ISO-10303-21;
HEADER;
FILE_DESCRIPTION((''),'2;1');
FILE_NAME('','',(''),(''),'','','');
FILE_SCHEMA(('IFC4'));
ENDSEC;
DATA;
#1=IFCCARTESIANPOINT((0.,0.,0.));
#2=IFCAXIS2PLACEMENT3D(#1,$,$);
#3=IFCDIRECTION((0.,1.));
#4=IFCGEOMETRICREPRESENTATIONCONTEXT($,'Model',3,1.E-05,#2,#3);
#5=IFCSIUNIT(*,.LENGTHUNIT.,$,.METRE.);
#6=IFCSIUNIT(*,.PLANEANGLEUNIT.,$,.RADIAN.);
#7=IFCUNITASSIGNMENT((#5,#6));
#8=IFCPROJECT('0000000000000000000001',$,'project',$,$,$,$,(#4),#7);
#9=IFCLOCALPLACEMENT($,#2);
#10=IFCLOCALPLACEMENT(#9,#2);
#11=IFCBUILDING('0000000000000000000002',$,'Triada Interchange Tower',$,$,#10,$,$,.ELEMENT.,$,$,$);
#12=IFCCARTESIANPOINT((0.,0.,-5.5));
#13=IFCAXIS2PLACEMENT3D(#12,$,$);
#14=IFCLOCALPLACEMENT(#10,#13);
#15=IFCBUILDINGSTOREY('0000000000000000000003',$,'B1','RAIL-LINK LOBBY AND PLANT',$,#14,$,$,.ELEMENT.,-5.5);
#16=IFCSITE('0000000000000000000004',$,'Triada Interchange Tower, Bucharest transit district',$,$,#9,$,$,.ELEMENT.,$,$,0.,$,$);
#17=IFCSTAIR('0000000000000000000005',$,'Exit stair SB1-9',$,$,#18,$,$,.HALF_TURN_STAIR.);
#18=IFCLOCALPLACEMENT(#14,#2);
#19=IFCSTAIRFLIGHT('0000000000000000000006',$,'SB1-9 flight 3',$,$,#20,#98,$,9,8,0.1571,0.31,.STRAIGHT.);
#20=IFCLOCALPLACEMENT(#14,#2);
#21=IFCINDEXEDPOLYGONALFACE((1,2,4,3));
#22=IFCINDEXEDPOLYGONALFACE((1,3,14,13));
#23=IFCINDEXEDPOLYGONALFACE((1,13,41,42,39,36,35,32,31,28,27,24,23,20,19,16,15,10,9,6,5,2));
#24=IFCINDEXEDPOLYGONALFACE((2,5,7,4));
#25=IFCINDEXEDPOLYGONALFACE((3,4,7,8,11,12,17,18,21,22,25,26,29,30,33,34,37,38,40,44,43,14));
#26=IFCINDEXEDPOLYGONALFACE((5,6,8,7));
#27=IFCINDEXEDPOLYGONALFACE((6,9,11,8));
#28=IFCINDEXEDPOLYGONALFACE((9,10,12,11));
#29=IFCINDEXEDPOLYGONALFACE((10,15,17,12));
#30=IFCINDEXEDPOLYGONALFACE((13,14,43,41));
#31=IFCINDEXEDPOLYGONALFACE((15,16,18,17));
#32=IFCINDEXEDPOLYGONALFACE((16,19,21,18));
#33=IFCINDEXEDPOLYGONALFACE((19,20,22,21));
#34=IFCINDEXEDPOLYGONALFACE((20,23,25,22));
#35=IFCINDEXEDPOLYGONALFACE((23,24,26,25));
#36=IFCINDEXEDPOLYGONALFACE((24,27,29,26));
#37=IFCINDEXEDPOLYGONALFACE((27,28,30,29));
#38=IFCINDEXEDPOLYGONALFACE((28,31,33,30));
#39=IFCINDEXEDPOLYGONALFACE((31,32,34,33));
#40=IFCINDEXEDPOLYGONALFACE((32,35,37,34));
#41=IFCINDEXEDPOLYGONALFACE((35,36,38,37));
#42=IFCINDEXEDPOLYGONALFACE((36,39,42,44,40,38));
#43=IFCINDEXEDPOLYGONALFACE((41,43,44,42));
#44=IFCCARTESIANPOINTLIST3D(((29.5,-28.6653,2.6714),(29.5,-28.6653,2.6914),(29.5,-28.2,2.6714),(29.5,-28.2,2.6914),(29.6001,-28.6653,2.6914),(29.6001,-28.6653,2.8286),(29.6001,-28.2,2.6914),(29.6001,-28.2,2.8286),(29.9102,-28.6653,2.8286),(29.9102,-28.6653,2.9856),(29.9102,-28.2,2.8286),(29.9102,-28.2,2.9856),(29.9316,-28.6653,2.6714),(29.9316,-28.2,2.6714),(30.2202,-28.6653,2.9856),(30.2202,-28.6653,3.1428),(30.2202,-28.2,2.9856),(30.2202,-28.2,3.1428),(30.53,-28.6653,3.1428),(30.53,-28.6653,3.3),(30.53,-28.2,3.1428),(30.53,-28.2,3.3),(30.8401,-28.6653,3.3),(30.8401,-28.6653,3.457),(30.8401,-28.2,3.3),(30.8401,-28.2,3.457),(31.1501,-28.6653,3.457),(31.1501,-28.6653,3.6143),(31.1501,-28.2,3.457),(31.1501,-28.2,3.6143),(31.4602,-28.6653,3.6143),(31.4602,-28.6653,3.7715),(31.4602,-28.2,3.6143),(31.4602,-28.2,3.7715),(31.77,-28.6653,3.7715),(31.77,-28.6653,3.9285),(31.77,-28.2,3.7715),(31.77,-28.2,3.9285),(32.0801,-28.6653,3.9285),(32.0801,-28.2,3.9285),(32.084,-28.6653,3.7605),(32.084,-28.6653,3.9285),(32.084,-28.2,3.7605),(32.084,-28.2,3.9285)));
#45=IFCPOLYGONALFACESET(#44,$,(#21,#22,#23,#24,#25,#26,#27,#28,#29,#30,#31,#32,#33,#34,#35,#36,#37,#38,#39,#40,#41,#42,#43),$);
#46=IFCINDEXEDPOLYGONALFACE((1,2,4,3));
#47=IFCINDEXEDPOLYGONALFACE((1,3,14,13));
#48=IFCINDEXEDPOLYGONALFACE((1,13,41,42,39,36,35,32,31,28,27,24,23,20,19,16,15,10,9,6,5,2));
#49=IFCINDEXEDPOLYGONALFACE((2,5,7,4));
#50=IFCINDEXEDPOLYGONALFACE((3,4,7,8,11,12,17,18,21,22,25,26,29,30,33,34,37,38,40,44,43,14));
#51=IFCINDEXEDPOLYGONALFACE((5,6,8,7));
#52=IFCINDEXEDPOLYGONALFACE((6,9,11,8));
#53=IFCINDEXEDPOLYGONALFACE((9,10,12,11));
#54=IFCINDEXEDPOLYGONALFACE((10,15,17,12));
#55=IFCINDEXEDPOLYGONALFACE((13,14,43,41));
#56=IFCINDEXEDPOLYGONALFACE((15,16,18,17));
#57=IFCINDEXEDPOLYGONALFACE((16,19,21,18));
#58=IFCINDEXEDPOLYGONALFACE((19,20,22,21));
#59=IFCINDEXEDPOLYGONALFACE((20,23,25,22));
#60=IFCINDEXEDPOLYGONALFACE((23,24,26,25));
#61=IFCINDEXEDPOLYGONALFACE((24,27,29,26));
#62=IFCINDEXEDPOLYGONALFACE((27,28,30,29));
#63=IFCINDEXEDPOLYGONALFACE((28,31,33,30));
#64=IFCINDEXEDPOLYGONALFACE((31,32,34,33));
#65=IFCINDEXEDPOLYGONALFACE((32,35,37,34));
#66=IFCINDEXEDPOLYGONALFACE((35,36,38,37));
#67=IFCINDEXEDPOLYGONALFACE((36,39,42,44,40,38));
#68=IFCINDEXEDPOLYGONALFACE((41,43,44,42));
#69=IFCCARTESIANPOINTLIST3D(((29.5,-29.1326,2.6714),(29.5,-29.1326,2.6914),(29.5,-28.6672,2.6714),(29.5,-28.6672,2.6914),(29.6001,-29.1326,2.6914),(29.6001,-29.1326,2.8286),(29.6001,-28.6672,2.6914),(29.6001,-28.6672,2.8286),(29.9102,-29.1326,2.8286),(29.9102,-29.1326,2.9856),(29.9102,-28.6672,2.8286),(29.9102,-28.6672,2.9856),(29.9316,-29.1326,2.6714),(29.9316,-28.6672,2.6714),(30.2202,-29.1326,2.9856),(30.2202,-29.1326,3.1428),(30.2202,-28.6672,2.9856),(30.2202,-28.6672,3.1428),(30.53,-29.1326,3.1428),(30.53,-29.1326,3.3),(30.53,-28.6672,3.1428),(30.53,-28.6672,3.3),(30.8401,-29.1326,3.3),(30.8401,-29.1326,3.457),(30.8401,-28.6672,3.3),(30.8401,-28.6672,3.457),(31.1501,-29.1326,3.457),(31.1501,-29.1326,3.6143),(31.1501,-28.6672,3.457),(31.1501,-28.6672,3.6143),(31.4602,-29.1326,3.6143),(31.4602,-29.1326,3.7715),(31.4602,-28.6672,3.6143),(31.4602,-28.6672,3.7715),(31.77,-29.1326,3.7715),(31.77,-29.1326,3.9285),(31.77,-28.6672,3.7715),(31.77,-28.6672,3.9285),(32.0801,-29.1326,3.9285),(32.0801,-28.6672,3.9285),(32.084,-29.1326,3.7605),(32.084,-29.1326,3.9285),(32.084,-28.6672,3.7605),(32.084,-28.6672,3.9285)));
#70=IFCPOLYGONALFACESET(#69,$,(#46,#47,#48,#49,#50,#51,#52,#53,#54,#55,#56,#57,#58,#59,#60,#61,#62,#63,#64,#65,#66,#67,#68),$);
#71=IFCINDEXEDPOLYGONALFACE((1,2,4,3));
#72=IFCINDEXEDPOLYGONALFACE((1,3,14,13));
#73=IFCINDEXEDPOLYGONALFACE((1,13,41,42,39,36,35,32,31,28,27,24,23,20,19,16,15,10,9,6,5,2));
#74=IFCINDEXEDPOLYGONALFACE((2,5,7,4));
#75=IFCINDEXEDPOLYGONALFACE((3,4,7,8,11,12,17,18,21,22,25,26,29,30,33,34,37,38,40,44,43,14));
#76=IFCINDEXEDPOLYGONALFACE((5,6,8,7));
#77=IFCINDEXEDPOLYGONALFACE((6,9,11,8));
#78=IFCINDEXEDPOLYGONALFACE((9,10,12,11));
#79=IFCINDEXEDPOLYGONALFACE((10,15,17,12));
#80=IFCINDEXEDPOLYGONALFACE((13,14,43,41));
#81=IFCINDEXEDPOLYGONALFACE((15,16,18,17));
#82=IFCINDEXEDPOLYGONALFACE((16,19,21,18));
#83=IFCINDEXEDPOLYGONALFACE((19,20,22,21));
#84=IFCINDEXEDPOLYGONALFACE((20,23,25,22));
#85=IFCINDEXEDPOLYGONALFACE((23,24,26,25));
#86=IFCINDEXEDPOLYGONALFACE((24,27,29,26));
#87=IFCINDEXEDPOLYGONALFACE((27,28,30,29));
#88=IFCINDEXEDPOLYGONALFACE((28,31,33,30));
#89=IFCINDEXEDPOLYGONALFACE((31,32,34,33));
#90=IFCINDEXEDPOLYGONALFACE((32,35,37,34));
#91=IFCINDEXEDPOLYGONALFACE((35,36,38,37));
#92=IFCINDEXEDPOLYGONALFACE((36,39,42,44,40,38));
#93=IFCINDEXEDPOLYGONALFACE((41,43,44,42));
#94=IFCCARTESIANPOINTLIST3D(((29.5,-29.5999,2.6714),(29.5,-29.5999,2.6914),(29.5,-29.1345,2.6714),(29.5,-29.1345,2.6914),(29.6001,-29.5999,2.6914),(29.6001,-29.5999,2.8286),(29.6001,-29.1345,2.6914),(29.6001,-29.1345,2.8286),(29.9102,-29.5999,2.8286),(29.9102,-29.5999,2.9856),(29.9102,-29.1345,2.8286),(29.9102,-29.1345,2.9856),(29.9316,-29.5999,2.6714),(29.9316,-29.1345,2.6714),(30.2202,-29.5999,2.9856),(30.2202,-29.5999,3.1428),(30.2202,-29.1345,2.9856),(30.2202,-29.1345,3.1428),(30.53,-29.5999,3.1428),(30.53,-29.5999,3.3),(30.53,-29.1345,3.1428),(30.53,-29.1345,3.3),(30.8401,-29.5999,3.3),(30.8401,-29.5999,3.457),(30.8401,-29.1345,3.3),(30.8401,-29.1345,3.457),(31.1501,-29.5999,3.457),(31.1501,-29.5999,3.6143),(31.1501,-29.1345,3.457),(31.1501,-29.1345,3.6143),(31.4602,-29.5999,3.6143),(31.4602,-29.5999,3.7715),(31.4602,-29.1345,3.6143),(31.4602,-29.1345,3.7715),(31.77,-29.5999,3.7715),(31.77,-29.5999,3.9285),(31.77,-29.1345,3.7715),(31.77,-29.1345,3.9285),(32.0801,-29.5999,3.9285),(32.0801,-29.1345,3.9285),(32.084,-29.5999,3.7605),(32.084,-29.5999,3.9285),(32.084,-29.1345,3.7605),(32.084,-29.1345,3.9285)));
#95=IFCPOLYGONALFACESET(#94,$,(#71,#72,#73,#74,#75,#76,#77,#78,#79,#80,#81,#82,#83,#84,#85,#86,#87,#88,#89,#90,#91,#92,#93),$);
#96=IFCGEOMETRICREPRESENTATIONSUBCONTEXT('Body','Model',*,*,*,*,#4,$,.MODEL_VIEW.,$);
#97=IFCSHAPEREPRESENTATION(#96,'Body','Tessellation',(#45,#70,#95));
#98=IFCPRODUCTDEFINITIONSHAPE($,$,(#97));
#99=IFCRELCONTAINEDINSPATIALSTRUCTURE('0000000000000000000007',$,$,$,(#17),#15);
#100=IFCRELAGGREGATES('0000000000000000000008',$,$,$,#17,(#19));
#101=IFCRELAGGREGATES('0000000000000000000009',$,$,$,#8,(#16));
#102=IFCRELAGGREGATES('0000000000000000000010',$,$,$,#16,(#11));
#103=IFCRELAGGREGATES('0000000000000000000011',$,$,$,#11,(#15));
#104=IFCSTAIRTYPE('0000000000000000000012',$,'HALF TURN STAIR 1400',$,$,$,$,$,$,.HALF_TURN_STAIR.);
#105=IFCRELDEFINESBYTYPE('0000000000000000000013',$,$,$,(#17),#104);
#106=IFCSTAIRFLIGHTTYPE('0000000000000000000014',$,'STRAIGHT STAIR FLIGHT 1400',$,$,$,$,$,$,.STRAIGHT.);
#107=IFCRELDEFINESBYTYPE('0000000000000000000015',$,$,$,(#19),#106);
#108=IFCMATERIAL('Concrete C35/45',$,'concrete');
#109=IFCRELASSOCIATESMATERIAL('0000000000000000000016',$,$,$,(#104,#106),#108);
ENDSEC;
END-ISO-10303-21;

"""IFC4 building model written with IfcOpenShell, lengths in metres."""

from ifc_helpers import new_model, si_unit, direction, frame, origin, place, context, subcontext, project, spatial, polyline, outline, extrude, material, type_object, element, aggregate, save


model = new_model("IFC4")

# Units and contexts
model_context = context("Model", 3, precision=1e-05, world=origin(), true_north=direction((0.0, 1.0)))
body_context = subcontext(model_context, "Body", "Model", "MODEL_VIEW")
ifc_project = project(units=[si_unit("LENGTHUNIT", "METRE"), si_unit("PLANEANGLEUNIT", "RADIAN")], contexts=[model_context])

# Site, building, storey
site_placement = place(None, origin())
site = spatial("IfcSite", under=ifc_project, at=site_placement, Name="Triada Interchange Tower, Bucharest transit district", CompositionType="ELEMENT", RefElevation=0.0)
building_placement = place(site_placement, origin())
building = spatial("IfcBuilding", under=site, at=building_placement, Name="Triada Interchange Tower", CompositionType="ELEMENT")
storey_placement = place(building_placement, frame((0.0, 0.0, -5.5)))
storey = spatial("IfcBuildingStorey", under=building, at=storey_placement, Name="B1", Description="RAIL-LINK LOBBY AND PLANT", CompositionType="ELEMENT", Elevation=-5.5)

# Shared definitions
ifc_material_1 = material(Name="Concrete C35/45", Category="concrete")

# Stair, stair flight
stair_type = type_object("IfcStairType", Name="HALF TURN STAIR 1400", PredefinedType="HALF_TURN_STAIR", material=ifc_material_1)
stair_placement = place(storey_placement, origin())
stair = element("IfcStair", 1, at=stair_placement, inside=storey, type_object=stair_type, Name="Exit stair SB1-9", PredefinedType="HALF_TURN_STAIR")
stair_flight_type = type_object("IfcStairFlightType", Name="STRAIGHT STAIR FLIGHT 1400", PredefinedType="STRAIGHT", material=ifc_material_1)
stair_flight_1_placement = place(storey_placement, frame((29.6001, -28.8999, 2.6714), z_axis=(0.0, 0.0, 1.0), x_axis=(1.0, 0.0, 0.0)))
stair_flight_1 = element("IfcStairFlight", 2, at=stair_flight_1_placement, type_object=stair_flight_type, Name="SB1-9 flight 3", NumberOfRisers=9, NumberOfTreads=8, PredefinedType="STRAIGHT", RiserHeight=0.1571, TreadLength=0.31, context=body_context, shape_type="SweptSolid", body=[
    extrude(outline(polyline([(-0.1001, 0.0), (-0.1001, 0.02), (0.0, 0.02), (0.0, 0.1572), (0.3101, 0.1572), (0.3101, 0.3142), (0.6201, 0.3142), (0.6201, 0.4714), (0.9299, 0.4714), (0.9299, 0.6287), (1.24, 0.6287), (1.24, 0.7856), (1.55, 0.7856), (1.55, 0.9429), (1.8601, 0.9429), (1.8601, 1.1001), (2.1699, 1.1001), (2.1699, 1.2571), (2.48, 1.2571), (2.4839, 1.2571), (2.4839, 1.4143), (2.4839, 1.0891), (0.3315, 0.0), (-0.1001, 0.0)])), frame((0.0, 0.7, 0.0), z_axis=(0.0, -1.0, 0.0), x_axis=(1.0, 0.0, 0.0)), (0.0, 0.0, 1.0), 0.4653),
    extrude(outline(polyline([(-0.1001, 0.0), (-0.1001, 0.02), (0.0, 0.02), (0.0, 0.1572), (0.3101, 0.1572), (0.3101, 0.3142), (0.6201, 0.3142), (0.6201, 0.4714), (0.9299, 0.4714), (0.9299, 0.6287), (1.24, 0.6287), (1.24, 0.7856), (1.55, 0.7856), (1.55, 0.9429), (1.8601, 0.9429), (1.8601, 1.1001), (2.1699, 1.1001), (2.1699, 1.2571), (2.48, 1.2571), (2.4839, 1.2571), (2.4839, 1.4143), (2.4839, 1.0891), (0.3315, 0.0), (-0.1001, 0.0)])), frame((0.0, 0.2327, 0.0), z_axis=(0.0, -1.0, 0.0), x_axis=(1.0, 0.0, 0.0)), (0.0, 0.0, 1.0), 0.4653),
    extrude(outline(polyline([(-0.1001, 0.0), (-0.1001, 0.02), (0.0, 0.02), (0.0, 0.1572), (0.3101, 0.1572), (0.3101, 0.3142), (0.6201, 0.3142), (0.6201, 0.4714), (0.9299, 0.4714), (0.9299, 0.6287), (1.24, 0.6287), (1.24, 0.7856), (1.55, 0.7856), (1.55, 0.9429), (1.8601, 0.9429), (1.8601, 1.1001), (2.1699, 1.1001), (2.1699, 1.2571), (2.48, 1.2571), (2.4839, 1.2571), (2.4839, 1.4143), (2.4839, 1.0891), (0.3315, 0.0), (-0.1001, 0.0)])), frame((0.0, -0.2346, 0.0), z_axis=(0.0, -1.0, 0.0), x_axis=(1.0, 0.0, 0.0)), (0.0, 0.0, 1.0), 0.4653),
])
aggregate(stair, [stair_flight_1])

save(model, "model.ifc")
